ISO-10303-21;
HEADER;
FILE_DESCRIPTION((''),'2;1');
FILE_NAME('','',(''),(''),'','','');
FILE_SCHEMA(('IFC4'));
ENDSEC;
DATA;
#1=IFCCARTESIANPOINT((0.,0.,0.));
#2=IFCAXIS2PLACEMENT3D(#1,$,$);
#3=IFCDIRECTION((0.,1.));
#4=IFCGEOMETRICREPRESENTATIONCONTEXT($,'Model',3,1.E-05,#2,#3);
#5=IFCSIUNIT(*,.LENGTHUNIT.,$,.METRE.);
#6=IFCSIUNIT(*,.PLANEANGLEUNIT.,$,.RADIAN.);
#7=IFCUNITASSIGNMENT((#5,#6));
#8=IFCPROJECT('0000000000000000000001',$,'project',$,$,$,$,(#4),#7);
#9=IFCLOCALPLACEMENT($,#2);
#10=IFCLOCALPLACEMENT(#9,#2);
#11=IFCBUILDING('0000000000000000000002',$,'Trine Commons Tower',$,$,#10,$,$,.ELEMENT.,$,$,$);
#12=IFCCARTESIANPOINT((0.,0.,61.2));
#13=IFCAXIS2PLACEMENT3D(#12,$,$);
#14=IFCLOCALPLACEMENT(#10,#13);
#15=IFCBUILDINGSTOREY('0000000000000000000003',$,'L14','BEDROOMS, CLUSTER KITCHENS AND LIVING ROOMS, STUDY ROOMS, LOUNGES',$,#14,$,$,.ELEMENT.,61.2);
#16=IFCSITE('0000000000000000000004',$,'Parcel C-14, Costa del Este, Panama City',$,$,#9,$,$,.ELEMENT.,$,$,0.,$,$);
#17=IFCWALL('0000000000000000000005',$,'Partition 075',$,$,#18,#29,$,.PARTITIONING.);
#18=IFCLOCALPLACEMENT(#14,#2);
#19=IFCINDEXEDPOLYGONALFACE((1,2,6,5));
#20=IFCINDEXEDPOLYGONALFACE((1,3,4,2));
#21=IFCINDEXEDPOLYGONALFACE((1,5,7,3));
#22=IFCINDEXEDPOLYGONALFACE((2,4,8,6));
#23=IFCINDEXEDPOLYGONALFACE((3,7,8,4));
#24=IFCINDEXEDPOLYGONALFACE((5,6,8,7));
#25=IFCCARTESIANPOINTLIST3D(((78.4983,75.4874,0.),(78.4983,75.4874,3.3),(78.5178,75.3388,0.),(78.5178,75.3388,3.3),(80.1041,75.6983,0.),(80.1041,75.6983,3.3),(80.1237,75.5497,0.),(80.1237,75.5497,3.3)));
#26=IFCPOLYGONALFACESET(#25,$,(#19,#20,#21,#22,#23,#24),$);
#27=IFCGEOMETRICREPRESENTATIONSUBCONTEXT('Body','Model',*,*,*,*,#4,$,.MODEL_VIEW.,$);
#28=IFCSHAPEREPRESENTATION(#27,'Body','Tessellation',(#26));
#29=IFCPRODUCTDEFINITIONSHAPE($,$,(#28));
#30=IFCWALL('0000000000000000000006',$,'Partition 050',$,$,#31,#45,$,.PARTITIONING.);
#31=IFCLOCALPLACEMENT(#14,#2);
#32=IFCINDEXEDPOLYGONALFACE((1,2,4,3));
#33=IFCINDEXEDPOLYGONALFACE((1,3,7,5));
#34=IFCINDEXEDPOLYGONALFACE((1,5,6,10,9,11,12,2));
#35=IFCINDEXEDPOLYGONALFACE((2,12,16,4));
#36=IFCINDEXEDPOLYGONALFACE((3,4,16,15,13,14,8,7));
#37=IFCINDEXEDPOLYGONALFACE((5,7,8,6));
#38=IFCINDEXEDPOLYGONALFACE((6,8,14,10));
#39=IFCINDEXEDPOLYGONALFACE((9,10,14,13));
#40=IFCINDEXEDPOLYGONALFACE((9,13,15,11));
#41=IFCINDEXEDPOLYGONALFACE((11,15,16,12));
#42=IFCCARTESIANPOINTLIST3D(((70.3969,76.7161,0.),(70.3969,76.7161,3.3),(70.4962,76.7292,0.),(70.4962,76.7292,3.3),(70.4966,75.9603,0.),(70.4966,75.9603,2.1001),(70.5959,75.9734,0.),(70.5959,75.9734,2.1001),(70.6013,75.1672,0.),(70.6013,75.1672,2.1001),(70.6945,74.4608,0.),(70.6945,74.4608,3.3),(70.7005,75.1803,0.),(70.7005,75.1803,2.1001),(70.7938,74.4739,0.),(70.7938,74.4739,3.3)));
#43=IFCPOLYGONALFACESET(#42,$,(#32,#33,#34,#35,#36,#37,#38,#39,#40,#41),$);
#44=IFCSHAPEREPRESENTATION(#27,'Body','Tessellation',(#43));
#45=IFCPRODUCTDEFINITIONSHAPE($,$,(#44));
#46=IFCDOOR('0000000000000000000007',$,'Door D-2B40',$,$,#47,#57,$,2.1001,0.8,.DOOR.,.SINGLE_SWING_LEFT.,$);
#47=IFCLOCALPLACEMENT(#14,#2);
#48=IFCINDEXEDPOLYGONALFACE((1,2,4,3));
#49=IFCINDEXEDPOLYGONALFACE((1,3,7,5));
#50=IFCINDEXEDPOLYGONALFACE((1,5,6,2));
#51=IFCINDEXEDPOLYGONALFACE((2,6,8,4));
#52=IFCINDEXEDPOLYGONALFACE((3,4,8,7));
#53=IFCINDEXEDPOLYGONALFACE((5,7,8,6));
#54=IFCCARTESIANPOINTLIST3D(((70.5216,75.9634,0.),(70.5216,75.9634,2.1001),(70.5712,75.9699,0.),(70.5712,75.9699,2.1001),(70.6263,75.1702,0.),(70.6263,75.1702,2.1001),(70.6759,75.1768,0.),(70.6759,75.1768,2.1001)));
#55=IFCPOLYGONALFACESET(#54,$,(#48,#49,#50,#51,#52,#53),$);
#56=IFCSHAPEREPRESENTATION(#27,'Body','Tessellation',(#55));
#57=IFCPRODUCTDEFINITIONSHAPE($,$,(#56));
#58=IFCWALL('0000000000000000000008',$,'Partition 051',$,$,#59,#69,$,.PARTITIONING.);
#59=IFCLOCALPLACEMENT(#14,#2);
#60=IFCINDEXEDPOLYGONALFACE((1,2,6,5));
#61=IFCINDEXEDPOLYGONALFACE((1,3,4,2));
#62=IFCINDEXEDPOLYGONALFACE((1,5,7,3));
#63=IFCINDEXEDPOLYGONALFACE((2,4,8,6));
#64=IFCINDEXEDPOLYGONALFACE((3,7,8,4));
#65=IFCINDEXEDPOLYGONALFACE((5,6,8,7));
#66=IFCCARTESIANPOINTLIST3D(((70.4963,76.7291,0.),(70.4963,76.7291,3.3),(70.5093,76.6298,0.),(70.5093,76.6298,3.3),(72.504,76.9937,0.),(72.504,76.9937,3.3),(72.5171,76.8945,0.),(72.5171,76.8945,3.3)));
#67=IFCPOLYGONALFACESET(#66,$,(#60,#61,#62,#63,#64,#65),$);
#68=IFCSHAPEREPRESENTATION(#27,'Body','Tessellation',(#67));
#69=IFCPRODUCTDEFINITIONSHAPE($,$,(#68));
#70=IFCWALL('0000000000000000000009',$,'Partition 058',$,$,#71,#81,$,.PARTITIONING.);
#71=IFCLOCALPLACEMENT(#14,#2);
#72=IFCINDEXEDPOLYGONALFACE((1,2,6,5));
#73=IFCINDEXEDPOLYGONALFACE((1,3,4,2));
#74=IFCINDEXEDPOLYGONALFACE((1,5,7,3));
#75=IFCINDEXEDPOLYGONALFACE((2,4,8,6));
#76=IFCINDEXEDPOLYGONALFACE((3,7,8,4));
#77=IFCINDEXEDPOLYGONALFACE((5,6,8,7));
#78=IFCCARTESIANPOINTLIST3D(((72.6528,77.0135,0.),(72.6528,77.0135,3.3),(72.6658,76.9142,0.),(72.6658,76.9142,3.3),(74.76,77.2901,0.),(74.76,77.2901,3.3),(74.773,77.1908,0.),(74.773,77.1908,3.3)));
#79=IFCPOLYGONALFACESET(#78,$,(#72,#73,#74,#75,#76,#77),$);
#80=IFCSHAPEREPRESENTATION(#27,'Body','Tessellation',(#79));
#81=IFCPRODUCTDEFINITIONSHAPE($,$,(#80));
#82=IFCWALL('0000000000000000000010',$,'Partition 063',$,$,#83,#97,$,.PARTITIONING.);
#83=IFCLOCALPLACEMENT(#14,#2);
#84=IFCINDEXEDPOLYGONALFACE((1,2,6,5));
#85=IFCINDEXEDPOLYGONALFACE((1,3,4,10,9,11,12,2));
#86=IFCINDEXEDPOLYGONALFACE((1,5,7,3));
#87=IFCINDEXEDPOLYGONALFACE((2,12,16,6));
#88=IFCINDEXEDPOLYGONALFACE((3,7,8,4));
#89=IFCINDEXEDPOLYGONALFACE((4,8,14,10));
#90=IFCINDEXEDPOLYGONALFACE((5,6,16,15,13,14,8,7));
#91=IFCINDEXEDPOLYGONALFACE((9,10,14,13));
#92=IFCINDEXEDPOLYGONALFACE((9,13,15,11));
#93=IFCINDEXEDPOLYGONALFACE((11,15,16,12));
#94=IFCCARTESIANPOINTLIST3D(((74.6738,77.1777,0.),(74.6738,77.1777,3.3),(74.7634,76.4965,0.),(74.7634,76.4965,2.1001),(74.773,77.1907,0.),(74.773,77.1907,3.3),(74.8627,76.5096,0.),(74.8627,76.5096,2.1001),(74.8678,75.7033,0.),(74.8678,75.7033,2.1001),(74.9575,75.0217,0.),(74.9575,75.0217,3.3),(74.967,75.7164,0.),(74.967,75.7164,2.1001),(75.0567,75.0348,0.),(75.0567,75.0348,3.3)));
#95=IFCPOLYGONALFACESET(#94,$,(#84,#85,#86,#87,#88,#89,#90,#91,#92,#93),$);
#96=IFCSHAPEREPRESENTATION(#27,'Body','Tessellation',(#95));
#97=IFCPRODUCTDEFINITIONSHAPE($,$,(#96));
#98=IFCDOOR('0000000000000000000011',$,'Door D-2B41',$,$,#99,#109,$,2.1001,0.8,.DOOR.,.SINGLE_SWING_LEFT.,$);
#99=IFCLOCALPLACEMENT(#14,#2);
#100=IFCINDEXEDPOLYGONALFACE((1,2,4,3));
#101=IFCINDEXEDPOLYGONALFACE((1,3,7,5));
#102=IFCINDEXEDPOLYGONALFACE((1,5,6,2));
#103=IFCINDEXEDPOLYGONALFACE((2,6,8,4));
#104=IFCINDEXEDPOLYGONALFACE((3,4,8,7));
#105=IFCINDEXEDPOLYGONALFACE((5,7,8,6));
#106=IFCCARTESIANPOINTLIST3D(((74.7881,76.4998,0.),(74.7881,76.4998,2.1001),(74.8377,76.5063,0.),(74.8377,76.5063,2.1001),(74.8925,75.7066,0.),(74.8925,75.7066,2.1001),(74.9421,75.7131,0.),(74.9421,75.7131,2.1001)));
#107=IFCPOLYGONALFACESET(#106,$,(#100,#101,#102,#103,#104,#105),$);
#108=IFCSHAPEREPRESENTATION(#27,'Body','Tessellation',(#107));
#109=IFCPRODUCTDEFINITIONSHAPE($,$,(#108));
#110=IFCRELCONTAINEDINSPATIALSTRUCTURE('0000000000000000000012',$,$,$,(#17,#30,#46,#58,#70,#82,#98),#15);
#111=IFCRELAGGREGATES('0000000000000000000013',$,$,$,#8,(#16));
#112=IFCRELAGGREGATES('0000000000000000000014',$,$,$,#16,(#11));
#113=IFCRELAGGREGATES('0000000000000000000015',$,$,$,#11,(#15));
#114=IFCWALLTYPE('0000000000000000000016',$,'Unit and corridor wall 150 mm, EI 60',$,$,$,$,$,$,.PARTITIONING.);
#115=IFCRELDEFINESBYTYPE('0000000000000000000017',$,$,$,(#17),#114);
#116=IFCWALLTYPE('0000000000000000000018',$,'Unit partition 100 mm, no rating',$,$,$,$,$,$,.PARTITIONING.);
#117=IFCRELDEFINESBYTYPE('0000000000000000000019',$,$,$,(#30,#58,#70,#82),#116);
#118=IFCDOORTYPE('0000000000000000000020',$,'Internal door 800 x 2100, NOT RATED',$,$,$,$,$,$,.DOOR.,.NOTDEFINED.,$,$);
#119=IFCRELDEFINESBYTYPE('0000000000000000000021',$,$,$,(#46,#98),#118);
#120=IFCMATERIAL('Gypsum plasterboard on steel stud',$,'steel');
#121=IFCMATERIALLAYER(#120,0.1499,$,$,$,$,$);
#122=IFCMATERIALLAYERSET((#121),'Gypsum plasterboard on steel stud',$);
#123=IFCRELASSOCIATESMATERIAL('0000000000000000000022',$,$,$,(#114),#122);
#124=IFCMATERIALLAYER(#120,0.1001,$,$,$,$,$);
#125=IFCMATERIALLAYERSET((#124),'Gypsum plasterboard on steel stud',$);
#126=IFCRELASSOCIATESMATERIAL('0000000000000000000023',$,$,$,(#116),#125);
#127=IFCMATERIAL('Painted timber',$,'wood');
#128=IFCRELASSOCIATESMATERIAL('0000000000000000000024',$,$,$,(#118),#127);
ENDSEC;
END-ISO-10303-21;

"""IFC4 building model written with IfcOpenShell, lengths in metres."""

from ifc_helpers import new_model, si_unit, direction, frame, frame_2d, origin, place, context, subcontext, project, spatial, rectangle, extrude, material, layer, layer_set, type_object, element, fill, save


model = new_model("IFC4")

# Units and contexts
model_context = context("Model", 3, precision=1e-05, world=origin(), true_north=direction((0.0, 1.0)))
body_context = subcontext(model_context, "Body", "Model", "MODEL_VIEW")
ifc_project = project(units=[si_unit("LENGTHUNIT", "METRE"), si_unit("PLANEANGLEUNIT", "RADIAN")], contexts=[model_context])

# Site, building, storey
site_placement = place(None, origin())
site = spatial("IfcSite", under=ifc_project, at=site_placement, Name="Parcel C-14, Costa del Este, Panama City", CompositionType="ELEMENT", RefElevation=0.0)
building_placement = place(site_placement, origin())
building = spatial("IfcBuilding", under=site, at=building_placement, Name="Trine Commons Tower", CompositionType="ELEMENT")
storey_placement = place(building_placement, frame((0.0, 0.0, 61.2)))
storey = spatial("IfcBuildingStorey", under=building, at=storey_placement, Name="L14", Description="BEDROOMS, CLUSTER KITCHENS AND LIVING ROOMS, STUDY ROOMS, LOUNGES", CompositionType="ELEMENT", Elevation=61.2)

# Shared definitions
ifc_material_1 = material(Name="Gypsum plasterboard on steel stud", Category="steel")
ifc_layer_1 = layer(ifc_material_1, 0.1499)
ifc_layer_set_1 = layer_set([ifc_layer_1], Name="Gypsum plasterboard on steel stud")
wall_type_1 = type_object("IfcWallType", Name="Unit and corridor wall 150 mm, EI 60", PredefinedType="PARTITIONING", material=ifc_layer_set_1)

# Wall
wall_1_placement = place(storey_placement, frame((78.5081, 75.4131, 0.0), z_axis=(0.0, 0.0, 1.0), x_axis=(0.991484, 0.130228, 0.0)))
element("IfcWall", 1, at=wall_1_placement, inside=storey, type_object=wall_type_1, Name="Partition 075", PredefinedType="PARTITIONING", context=body_context, shape_type="SweptSolid", body=[
    extrude(rectangle(XDim=1.6196, YDim=0.1499, at=frame_2d((0.8098, 0.0))), origin(), (0.0, 0.0, 1.0), 3.3),
])

# Wall, opening, door
ifc_layer_2 = layer(ifc_material_1, 0.1001)
ifc_layer_set_2 = layer_set([ifc_layer_2], Name="Gypsum plasterboard on steel stud")
wall_type_2 = type_object("IfcWallType", Name="Unit partition 100 mm, no rating", PredefinedType="PARTITIONING", material=ifc_layer_set_2)
wall_2_placement = place(storey_placement, frame((70.4465, 76.7227, 0.0), z_axis=(0.0, 0.0, 1.0), x_axis=(0.130821, -0.991406, 0.0)))
wall_2 = element("IfcWall", 2, at=wall_2_placement, inside=storey, type_object=wall_type_2, Name="Partition 050", PredefinedType="PARTITIONING", context=body_context, shape_type="SweptSolid", body=[
    extrude(rectangle(XDim=2.2749, YDim=0.1001, at=frame_2d((1.1375, 0.0))), origin(), (0.0, 0.0, 1.0), 3.3),
])
opening_1_placement = place(wall_2_placement, frame((0.7625, 0.0, 0.0)))
opening_1 = element("IfcOpeningElement", 3, at=opening_1_placement, cuts=wall_2, PredefinedType="OPENING", context=body_context, shape_type="SweptSolid", body=[
    extrude(rectangle(XDim=0.8, YDim=2.1001, at=frame_2d((0.3999, 1.05))), frame((0.0, 0.0601, 0.0), z_axis=(0.0, -1.0, 0.0), x_axis=(1.0, 0.0, 0.0)), (0.0, 0.0, 1.0), 0.1201),
])
ifc_material_2 = material(Name="Painted timber", Category="wood")
door_type_1 = type_object("IfcDoorType", Name="Internal door 800 x 2100, NOT RATED", OperationType="NOTDEFINED", PredefinedType="DOOR", material=ifc_material_2)
door_1_placement = place(opening_1_placement, frame((0.8, 0.0, 0.0), z_axis=(0.0, 0.0, 1.0), x_axis=(-1.0, 0.0, 0.0)))
door_1 = element("IfcDoor", 4, at=door_1_placement, inside=storey, type_object=door_type_1, Name="Door D-2B40", OperationType="SINGLE_SWING_LEFT", OverallHeight=2.1001, OverallWidth=0.8, PredefinedType="DOOR", context=body_context, shape_type="SweptSolid", body=[
    extrude(rectangle(XDim=0.8, YDim=2.1001, at=frame_2d((0.3999, 1.05))), frame((0.0, 0.0249, 0.0), z_axis=(0.0, -1.0, 0.0), x_axis=(1.0, 0.0, 0.0)), (0.0, 0.0, 1.0), 0.05),
])
fill(opening_1, door_1)

# Walls
wall_3_placement = place(storey_placement, frame((70.5027, 76.6794, 0.0), z_axis=(0.0, 0.0, 1.0), x_axis=(0.991425, 0.130679, 0.0)))
element("IfcWall", 5, at=wall_3_placement, inside=storey, type_object=wall_type_2, Name="Partition 051", PredefinedType="PARTITIONING", context=body_context, shape_type="SweptSolid", body=[
    extrude(rectangle(XDim=2.0251, YDim=0.1001, at=frame_2d((1.0127, 0.0))), origin(), (0.0, 0.0, 1.0), 3.3),
])
wall_4_placement = place(storey_placement, frame((72.6594, 76.9639, 0.0), z_axis=(0.0, 0.0, 1.0), x_axis=(0.991494, 0.130154, 0.0)))
element("IfcWall", 6, at=wall_4_placement, inside=storey, type_object=wall_type_2, Name="Partition 058", PredefinedType="PARTITIONING", context=body_context, shape_type="SweptSolid", body=[
    extrude(rectangle(XDim=2.1252, YDim=0.1001, at=frame_2d((1.0625, 0.0))), origin(), (0.0, 0.0, 1.0), 3.3),
])

# Wall, opening, door
wall_5_placement = place(storey_placement, frame((74.7234, 77.1843, 0.0), z_axis=(0.0, 0.0, 1.0), x_axis=(0.130457, -0.991454, 0.0)))
wall_5 = element("IfcWall", 7, at=wall_5_placement, inside=storey, type_object=wall_type_2, Name="Partition 063", PredefinedType="PARTITIONING", context=body_context, shape_type="SweptSolid", body=[
    extrude(rectangle(XDim=2.1746, YDim=0.1001, at=frame_2d((1.0874, 0.0))), origin(), (0.0, 0.0, 1.0), 3.3),
])
opening_2_placement = place(wall_5_placement, frame((0.6873, 0.0, 0.0)))
opening_2 = element("IfcOpeningElement", 8, at=opening_2_placement, cuts=wall_5, PredefinedType="OPENING", context=body_context, shape_type="SweptSolid", body=[
    extrude(rectangle(XDim=0.8, YDim=2.1001, at=frame_2d((0.3999, 1.05))), frame((0.0, 0.0601, 0.0), z_axis=(0.0, -1.0, 0.0), x_axis=(1.0, 0.0, 0.0)), (0.0, 0.0, 1.0), 0.1201),
])
door_2_placement = place(opening_2_placement, origin())
door_2 = element("IfcDoor", 9, at=door_2_placement, inside=storey, type_object=door_type_1, Name="Door D-2B41", OperationType="SINGLE_SWING_LEFT", OverallHeight=2.1001, OverallWidth=0.8, PredefinedType="DOOR", context=body_context, shape_type="SweptSolid", body=[
    extrude(rectangle(XDim=0.8, YDim=2.1001, at=frame_2d((0.3999, 1.05))), frame((0.0, 0.0249, 0.0), z_axis=(0.0, -1.0, 0.0), x_axis=(1.0, 0.0, 0.0)), (0.0, 0.0, 1.0), 0.05),
])
fill(opening_2, door_2)

save(model, "model.ifc")
